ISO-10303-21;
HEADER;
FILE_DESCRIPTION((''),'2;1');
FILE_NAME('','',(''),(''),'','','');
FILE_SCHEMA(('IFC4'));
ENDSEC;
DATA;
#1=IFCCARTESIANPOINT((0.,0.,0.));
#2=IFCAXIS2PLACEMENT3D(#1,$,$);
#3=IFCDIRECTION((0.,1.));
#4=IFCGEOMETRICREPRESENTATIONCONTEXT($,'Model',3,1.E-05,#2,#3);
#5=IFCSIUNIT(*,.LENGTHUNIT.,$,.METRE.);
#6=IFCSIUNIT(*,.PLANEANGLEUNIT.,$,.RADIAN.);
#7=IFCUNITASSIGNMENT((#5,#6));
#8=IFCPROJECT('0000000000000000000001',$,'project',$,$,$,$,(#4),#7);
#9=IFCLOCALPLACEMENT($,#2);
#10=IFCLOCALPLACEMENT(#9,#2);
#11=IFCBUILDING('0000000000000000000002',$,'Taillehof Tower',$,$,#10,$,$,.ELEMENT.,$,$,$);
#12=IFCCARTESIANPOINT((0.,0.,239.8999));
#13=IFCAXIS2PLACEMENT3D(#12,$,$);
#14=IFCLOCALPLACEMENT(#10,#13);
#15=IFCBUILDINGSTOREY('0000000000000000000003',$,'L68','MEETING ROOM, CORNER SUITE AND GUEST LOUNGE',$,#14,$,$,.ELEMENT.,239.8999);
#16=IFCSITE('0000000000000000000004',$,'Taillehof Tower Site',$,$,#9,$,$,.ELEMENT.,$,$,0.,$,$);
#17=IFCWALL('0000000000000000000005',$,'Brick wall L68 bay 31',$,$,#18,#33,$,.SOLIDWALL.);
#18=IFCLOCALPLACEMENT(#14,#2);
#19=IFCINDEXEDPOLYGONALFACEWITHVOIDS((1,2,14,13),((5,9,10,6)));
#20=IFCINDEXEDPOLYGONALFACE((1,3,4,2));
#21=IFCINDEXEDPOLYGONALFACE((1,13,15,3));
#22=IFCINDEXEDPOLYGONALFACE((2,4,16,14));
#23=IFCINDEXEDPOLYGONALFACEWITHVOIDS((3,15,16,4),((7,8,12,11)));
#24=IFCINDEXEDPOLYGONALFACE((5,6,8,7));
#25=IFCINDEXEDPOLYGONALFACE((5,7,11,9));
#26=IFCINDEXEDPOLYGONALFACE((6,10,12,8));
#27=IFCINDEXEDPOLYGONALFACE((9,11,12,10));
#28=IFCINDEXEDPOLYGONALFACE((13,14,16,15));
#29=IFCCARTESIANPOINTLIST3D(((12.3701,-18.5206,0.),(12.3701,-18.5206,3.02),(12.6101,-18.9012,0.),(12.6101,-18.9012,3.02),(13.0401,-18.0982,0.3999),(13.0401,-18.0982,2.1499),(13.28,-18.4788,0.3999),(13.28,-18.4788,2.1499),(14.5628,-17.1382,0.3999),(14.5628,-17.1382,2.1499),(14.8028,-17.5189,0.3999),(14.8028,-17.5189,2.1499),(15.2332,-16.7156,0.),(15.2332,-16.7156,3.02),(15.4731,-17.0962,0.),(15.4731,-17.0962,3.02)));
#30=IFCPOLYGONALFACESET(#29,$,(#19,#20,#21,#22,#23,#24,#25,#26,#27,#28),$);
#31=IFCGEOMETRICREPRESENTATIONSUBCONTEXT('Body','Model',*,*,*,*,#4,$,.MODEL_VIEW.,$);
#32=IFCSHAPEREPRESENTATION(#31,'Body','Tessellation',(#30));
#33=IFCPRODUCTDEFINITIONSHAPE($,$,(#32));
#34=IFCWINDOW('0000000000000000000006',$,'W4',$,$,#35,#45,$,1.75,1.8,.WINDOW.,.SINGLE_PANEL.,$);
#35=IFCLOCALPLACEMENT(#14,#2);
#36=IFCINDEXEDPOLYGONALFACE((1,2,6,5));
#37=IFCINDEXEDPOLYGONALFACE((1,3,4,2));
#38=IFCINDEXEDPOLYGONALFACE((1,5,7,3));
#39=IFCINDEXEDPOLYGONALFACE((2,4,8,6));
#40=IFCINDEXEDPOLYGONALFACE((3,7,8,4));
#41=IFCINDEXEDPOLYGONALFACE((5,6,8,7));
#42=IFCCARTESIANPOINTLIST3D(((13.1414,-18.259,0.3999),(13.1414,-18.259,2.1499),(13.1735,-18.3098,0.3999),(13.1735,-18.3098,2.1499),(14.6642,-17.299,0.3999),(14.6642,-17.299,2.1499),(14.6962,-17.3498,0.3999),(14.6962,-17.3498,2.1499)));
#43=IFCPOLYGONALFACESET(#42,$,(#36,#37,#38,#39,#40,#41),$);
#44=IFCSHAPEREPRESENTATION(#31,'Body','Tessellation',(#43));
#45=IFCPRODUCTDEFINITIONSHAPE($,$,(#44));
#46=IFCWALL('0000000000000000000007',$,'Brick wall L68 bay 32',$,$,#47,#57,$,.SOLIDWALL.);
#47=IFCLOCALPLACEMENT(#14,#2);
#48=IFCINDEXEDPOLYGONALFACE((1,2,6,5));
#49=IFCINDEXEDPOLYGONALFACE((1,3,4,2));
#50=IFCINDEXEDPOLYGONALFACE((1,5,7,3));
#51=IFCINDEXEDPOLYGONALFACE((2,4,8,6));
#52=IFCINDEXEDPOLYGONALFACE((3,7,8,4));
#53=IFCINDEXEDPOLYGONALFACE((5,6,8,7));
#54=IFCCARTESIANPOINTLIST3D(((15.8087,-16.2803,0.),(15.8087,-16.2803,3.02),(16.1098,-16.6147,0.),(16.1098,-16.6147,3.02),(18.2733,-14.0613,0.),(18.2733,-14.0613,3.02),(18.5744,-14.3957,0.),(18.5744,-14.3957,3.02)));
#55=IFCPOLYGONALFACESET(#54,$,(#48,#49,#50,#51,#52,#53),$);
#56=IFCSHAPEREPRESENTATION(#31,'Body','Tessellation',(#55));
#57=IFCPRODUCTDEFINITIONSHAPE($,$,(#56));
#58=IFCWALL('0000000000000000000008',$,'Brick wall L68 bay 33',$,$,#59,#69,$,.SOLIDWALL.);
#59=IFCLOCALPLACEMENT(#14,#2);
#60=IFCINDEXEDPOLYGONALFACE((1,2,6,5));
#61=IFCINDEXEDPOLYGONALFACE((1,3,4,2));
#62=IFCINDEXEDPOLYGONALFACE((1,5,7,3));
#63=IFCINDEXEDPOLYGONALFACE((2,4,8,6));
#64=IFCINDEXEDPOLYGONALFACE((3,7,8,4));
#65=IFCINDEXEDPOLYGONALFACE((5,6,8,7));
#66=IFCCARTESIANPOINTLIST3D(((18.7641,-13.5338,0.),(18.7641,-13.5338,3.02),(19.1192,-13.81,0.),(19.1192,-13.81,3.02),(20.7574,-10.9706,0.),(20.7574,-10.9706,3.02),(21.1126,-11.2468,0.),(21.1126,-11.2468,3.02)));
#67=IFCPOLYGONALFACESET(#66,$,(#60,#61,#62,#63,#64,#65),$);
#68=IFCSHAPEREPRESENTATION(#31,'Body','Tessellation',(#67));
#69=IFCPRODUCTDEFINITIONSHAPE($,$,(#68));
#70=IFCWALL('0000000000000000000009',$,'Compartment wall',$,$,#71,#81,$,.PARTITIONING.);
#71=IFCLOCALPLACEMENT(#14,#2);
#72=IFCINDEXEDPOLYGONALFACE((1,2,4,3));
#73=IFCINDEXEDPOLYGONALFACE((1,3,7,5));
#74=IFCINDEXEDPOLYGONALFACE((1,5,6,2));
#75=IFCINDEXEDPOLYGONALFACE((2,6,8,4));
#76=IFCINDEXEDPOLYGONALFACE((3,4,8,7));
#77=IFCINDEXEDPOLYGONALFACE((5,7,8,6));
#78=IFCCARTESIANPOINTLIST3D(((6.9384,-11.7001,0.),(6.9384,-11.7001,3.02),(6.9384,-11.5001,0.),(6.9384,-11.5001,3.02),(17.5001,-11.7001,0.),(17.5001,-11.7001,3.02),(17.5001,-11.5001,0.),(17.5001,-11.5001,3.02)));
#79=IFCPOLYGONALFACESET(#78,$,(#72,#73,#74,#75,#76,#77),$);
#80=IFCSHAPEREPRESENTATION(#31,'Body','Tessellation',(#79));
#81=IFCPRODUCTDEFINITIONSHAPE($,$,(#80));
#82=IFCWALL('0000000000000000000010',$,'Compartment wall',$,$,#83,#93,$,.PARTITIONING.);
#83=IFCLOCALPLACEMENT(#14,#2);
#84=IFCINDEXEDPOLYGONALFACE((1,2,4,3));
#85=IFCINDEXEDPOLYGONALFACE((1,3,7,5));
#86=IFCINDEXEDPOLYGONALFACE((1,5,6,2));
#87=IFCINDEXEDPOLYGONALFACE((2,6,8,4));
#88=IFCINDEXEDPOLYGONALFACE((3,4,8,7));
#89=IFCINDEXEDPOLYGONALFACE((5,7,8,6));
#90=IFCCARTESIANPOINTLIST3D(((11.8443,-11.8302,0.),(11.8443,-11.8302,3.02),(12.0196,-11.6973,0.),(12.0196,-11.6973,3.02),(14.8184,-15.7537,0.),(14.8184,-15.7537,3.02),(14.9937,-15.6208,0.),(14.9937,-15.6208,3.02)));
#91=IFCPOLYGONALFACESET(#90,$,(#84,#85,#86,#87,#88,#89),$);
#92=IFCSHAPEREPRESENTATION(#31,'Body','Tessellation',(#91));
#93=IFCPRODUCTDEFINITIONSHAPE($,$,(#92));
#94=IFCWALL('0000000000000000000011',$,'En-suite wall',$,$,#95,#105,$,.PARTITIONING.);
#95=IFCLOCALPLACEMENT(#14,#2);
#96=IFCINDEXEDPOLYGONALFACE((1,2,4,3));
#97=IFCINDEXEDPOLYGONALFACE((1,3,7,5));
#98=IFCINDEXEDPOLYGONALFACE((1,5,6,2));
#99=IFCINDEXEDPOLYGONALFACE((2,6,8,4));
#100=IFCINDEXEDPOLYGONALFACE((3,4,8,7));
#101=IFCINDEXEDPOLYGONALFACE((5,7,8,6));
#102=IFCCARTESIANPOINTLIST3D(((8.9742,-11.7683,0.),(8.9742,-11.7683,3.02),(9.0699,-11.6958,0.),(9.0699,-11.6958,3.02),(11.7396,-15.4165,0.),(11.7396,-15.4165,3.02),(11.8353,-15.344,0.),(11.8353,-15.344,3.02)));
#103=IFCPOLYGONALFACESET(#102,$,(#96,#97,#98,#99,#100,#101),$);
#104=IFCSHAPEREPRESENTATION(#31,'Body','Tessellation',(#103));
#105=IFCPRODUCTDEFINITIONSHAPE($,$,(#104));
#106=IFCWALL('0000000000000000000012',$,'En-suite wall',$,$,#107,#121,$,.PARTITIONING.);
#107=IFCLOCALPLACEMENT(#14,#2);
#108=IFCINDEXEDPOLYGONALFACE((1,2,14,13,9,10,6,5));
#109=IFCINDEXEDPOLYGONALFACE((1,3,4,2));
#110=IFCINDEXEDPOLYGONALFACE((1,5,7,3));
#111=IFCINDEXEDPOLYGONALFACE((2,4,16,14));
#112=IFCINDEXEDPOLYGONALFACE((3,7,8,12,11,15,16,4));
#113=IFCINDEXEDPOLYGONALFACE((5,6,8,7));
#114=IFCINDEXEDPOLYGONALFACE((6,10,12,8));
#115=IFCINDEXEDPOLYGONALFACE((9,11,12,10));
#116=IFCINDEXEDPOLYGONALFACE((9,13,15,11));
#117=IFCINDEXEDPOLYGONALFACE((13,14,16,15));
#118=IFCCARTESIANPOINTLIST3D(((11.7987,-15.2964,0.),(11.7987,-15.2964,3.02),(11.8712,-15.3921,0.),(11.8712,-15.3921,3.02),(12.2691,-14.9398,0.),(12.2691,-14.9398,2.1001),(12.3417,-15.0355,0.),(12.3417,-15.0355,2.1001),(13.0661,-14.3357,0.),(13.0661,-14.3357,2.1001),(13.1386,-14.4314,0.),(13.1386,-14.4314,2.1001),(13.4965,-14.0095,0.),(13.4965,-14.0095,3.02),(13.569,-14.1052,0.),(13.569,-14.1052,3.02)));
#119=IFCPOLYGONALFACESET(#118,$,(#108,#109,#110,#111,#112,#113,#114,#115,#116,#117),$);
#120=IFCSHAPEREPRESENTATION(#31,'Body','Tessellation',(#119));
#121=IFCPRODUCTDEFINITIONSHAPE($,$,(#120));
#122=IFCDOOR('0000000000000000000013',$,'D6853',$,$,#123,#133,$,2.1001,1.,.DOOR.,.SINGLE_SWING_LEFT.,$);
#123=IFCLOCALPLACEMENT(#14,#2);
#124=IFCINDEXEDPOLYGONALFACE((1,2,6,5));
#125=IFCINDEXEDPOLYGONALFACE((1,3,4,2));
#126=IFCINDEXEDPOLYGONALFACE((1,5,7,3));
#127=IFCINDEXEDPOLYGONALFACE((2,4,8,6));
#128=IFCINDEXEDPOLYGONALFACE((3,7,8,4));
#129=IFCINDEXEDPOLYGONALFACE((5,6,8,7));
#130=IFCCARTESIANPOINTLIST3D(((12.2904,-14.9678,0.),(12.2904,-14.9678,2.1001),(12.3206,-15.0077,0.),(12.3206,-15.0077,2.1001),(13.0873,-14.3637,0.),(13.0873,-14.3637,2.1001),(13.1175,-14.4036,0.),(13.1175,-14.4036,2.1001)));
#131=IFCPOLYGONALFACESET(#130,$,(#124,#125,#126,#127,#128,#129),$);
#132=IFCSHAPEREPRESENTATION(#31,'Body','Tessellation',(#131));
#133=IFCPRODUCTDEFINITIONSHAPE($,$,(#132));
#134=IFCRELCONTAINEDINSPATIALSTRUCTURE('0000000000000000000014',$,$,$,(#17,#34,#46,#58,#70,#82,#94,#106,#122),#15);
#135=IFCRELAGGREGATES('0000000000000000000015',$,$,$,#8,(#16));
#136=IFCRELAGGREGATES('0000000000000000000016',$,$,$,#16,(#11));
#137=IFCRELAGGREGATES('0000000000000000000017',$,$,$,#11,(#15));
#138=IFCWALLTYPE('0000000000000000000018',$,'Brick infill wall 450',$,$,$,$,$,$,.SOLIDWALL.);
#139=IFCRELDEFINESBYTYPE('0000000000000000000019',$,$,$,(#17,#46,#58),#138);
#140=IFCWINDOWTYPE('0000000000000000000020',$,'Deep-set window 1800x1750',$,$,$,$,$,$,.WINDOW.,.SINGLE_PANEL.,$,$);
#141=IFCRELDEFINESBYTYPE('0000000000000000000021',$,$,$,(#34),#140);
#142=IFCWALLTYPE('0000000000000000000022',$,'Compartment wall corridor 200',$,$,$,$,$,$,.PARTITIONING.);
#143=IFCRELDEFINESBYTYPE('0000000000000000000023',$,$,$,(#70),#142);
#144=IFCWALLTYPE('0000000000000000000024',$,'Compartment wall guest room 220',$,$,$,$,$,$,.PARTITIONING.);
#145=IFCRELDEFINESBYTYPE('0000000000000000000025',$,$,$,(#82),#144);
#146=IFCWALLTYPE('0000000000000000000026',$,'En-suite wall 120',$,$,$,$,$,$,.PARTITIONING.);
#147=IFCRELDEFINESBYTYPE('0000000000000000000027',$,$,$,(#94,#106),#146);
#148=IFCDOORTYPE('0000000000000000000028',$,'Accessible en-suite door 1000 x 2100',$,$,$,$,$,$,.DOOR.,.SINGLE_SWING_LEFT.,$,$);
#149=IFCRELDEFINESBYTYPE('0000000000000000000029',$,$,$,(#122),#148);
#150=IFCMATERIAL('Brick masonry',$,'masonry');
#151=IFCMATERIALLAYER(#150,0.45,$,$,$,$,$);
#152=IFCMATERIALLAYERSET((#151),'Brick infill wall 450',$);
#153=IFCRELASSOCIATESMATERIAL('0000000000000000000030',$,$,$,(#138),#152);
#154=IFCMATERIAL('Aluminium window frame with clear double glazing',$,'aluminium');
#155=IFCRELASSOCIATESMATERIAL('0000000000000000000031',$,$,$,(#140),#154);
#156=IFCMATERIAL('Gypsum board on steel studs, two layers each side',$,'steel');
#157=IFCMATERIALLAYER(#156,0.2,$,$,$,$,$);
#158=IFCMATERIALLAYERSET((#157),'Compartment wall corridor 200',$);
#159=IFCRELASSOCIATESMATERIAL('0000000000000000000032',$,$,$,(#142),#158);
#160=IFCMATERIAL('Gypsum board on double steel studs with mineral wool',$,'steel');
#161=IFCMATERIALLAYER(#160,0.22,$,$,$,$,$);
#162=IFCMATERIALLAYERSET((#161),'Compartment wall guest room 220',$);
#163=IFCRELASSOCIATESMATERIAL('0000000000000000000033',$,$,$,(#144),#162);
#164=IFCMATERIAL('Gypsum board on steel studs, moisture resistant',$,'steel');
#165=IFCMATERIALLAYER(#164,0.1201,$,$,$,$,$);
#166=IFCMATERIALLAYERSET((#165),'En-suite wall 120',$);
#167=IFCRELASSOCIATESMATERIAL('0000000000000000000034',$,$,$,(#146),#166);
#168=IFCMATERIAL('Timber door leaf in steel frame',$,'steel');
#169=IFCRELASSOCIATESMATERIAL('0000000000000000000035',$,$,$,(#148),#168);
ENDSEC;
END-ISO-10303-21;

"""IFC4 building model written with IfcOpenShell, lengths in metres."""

from ifc_helpers import new_model, si_unit, direction, frame, frame_2d, origin, place, context, subcontext, project, spatial, rectangle, extrude, material, layer, layer_set, type_object, element, fill, save


model = new_model("IFC4")

# Units and contexts
model_context = context("Model", 3, precision=1e-05, world=origin(), true_north=direction((0.0, 1.0)))
body_context = subcontext(model_context, "Body", "Model", "MODEL_VIEW")
ifc_project = project(units=[si_unit("LENGTHUNIT", "METRE"), si_unit("PLANEANGLEUNIT", "RADIAN")], contexts=[model_context])

# Site, building, storey
site_placement = place(None, origin())
site = spatial("IfcSite", under=ifc_project, at=site_placement, Name="Taillehof Tower Site", CompositionType="ELEMENT", RefElevation=0.0)
building_placement = place(site_placement, origin())
building = spatial("IfcBuilding", under=site, at=building_placement, Name="Taillehof Tower", CompositionType="ELEMENT")
storey_placement = place(building_placement, frame((0.0, 0.0, 239.8999)))
storey = spatial("IfcBuildingStorey", under=building, at=storey_placement, Name="L68", Description="MEETING ROOM, CORNER SUITE AND GUEST LOUNGE", CompositionType="ELEMENT", Elevation=239.8999)

# Wall, opening, window
ifc_material_1 = material(Name="Brick masonry", Category="masonry")
ifc_layer_1 = layer(ifc_material_1, 0.45)
ifc_layer_set_1 = layer_set([ifc_layer_1], Name="Brick infill wall 450")
wall_type_1 = type_object("IfcWallType", Name="Brick infill wall 450", PredefinedType="SOLIDWALL", material=ifc_layer_set_1)
ifc_material_2 = material(Name="Aluminium window frame with clear double glazing", Category="aluminium")
window_type = type_object("IfcWindowType", Name="Deep-set window 1800x1750", PartitioningType="SINGLE_PANEL", PredefinedType="WINDOW", material=ifc_material_2)
wall_1_placement = place(storey_placement, frame((12.49, -18.7109, 0.0), z_axis=(0.0, 0.0, 1.0), x_axis=(0.845929, 0.533295, 0.0)))
wall_1 = element("IfcWall", 1, at=wall_1_placement, inside=storey, type_object=wall_type_1, Name="Brick wall L68 bay 31", PredefinedType="SOLIDWALL", context=body_context, shape_type="SweptSolid", body=[
    extrude(rectangle(XDim=3.3845, YDim=0.45, at=frame_2d((1.6924, 0.0))), origin(), (0.0, 0.0, 1.0), 3.02),
])
opening_1_placement = place(wall_1_placement, frame((0.7922, 0.0, 0.3999)))
opening_1 = element("IfcOpeningElement", 2, at=opening_1_placement, cuts=wall_1, PredefinedType="OPENING", context=body_context, shape_type="SweptSolid", body=[
    extrude(rectangle(XDim=1.8, YDim=1.75, at=frame_2d((0.8999, 0.875))), frame((0.0, 0.2349, 0.0), z_axis=(0.0, -1.0, 0.0), x_axis=(1.0, 0.0, 0.0)), (0.0, 0.0, 1.0), 0.47),
])
window_1_placement = place(opening_1_placement, origin())
window_1 = element("IfcWindow", 3, at=window_1_placement, inside=storey, type_object=window_type, Name="W4", OverallHeight=1.75, OverallWidth=1.8, PartitioningType="SINGLE_PANEL", PredefinedType="WINDOW", context=body_context, shape_type="SweptSolid", body=[
    extrude(rectangle(XDim=1.8, YDim=1.75, at=frame_2d((0.8999, 0.875))), frame((0.0, 0.0349, 0.0), z_axis=(0.0, -1.0, 0.0), x_axis=(1.0, 0.0, 0.0)), (0.0, 0.0, 1.0), 0.0601),
])
fill(opening_1, window_1)

# Walls
wall_2_placement = place(storey_placement, frame((15.9592, -16.4475, 0.0), z_axis=(0.0, 0.0, 1.0), x_axis=(0.743166, 0.669107, 0.0)))
element("IfcWall", 4, at=wall_2_placement, inside=storey, type_object=wall_type_1, Name="Brick wall L68 bay 32", PredefinedType="SOLIDWALL", context=body_context, shape_type="SweptSolid", body=[
    extrude(rectangle(XDim=3.3164, YDim=0.45, at=frame_2d((1.6582, 0.0))), origin(), (0.0, 0.0, 1.0), 3.02),
])
wall_3_placement = place(storey_placement, frame((18.9417, -13.6719, 0.0), z_axis=(0.0, 0.0, 1.0), x_axis=(0.613899, 0.789385, 0.0)))
element("IfcWall", 5, at=wall_3_placement, inside=storey, type_object=wall_type_1, Name="Brick wall L68 bay 33", PredefinedType="SOLIDWALL", context=body_context, shape_type="SweptSolid", body=[
    extrude(rectangle(XDim=3.2471, YDim=0.45, at=frame_2d((1.6235, 0.0))), origin(), (0.0, 0.0, 1.0), 3.02),
])
ifc_material_3 = material(Name="Gypsum board on steel studs, two layers each side", Category="steel")
ifc_layer_2 = layer(ifc_material_3, 0.2)
ifc_layer_set_2 = layer_set([ifc_layer_2], Name="Compartment wall corridor 200")
wall_type_2 = type_object("IfcWallType", Name="Compartment wall corridor 200", PredefinedType="PARTITIONING", material=ifc_layer_set_2)
wall_4_placement = place(storey_placement, frame((17.5, -11.6001, 0.0), z_axis=(0.0, 0.0, 1.0), x_axis=(-1.0, 0.0, 0.0)))
element("IfcWall", 6, at=wall_4_placement, inside=storey, type_object=wall_type_2, Name="Compartment wall", PredefinedType="PARTITIONING", context=body_context, shape_type="SweptSolid", body=[
    extrude(rectangle(XDim=10.5618, YDim=0.2, at=frame_2d((5.2808, 0.0))), origin(), (0.0, 0.0, 1.0), 3.02),
])
ifc_material_4 = material(Name="Gypsum board on double steel studs with mineral wool", Category="steel")
ifc_layer_3 = layer(ifc_material_4, 0.22)
ifc_layer_set_3 = layer_set([ifc_layer_3], Name="Compartment wall guest room 220")
wall_type_3 = type_object("IfcWallType", Name="Compartment wall guest room 220", PredefinedType="PARTITIONING", material=ifc_layer_set_3)
wall_5_placement = place(storey_placement, frame((14.906, -15.6873, 0.0), z_axis=(0.0, 0.0, 1.0), x_axis=(-0.604078, 0.796925, 0.0)))
element("IfcWall", 7, at=wall_5_placement, inside=storey, type_object=wall_type_3, Name="Compartment wall", PredefinedType="PARTITIONING", context=body_context, shape_type="SweptSolid", body=[
    extrude(rectangle(XDim=4.9233, YDim=0.22, at=frame_2d((2.4617, 0.0))), origin(), (0.0, 0.0, 1.0), 3.02),
])
ifc_material_5 = material(Name="Gypsum board on steel studs, moisture resistant", Category="steel")
ifc_layer_4 = layer(ifc_material_5, 0.1201)
ifc_layer_set_4 = layer_set([ifc_layer_4], Name="En-suite wall 120")
wall_type_4 = type_object("IfcWallType", Name="En-suite wall 120", PredefinedType="PARTITIONING", material=ifc_layer_set_4)
wall_6_placement = place(storey_placement, frame((9.022, -11.7319, 0.0), z_axis=(0.0, 0.0, 1.0), x_axis=(0.604079, -0.796924, 0.0)))
element("IfcWall", 8, at=wall_6_placement, inside=storey, type_object=wall_type_4, Name="En-suite wall", PredefinedType="PARTITIONING", context=body_context, shape_type="SweptSolid", body=[
    extrude(rectangle(XDim=4.5779, YDim=0.1201, at=frame_2d((2.2891, 0.0))), origin(), (0.0, 0.0, 1.0), 3.02),
])

# Wall, opening, door
wall_7_placement = place(storey_placement, frame((11.835, -15.3442, 0.0), z_axis=(0.0, 0.0, 1.0), x_axis=(0.796937, 0.604063, 0.0)))
wall_7 = element("IfcWall", 9, at=wall_7_placement, inside=storey, type_object=wall_type_4, Name="En-suite wall", PredefinedType="PARTITIONING", context=body_context, shape_type="SweptSolid", body=[
    extrude(rectangle(XDim=2.1304, YDim=0.1201, at=frame_2d((1.0652, 0.0))), origin(), (0.0, 0.0, 1.0), 3.02),
])
opening_2_placement = place(wall_7_placement, frame((0.5903, 0.0, 0.0)))
opening_2 = element("IfcOpeningElement", 10, at=opening_2_placement, cuts=wall_7, PredefinedType="OPENING", context=body_context, shape_type="SweptSolid", body=[
    extrude(rectangle(XDim=1.0, YDim=2.1001, at=frame_2d((0.5, 1.05))), frame((0.0, 0.0701, 0.0), z_axis=(0.0, -1.0, 0.0), x_axis=(1.0, 0.0, 0.0)), (0.0, 0.0, 1.0), 0.1401),
])
ifc_material_6 = material(Name="Timber door leaf in steel frame", Category="steel")
door_type = type_object("IfcDoorType", Name="Accessible en-suite door 1000 x 2100", OperationType="SINGLE_SWING_LEFT", PredefinedType="DOOR", material=ifc_material_6)
door_placement = place(opening_2_placement, origin())
door = element("IfcDoor", 11, at=door_placement, inside=storey, type_object=door_type, Name="D6853", OperationType="SINGLE_SWING_LEFT", OverallHeight=2.1001, OverallWidth=1.0, PredefinedType="DOOR", context=body_context, shape_type="SweptSolid", body=[
    extrude(rectangle(XDim=1.0, YDim=2.1001, at=frame_2d((0.5, 1.05))), frame((0.0, 0.0249, 0.0), z_axis=(0.0, -1.0, 0.0), x_axis=(1.0, 0.0, 0.0)), (0.0, 0.0, 1.0), 0.05),
])
fill(opening_2, door)

save(model, "model.ifc")
